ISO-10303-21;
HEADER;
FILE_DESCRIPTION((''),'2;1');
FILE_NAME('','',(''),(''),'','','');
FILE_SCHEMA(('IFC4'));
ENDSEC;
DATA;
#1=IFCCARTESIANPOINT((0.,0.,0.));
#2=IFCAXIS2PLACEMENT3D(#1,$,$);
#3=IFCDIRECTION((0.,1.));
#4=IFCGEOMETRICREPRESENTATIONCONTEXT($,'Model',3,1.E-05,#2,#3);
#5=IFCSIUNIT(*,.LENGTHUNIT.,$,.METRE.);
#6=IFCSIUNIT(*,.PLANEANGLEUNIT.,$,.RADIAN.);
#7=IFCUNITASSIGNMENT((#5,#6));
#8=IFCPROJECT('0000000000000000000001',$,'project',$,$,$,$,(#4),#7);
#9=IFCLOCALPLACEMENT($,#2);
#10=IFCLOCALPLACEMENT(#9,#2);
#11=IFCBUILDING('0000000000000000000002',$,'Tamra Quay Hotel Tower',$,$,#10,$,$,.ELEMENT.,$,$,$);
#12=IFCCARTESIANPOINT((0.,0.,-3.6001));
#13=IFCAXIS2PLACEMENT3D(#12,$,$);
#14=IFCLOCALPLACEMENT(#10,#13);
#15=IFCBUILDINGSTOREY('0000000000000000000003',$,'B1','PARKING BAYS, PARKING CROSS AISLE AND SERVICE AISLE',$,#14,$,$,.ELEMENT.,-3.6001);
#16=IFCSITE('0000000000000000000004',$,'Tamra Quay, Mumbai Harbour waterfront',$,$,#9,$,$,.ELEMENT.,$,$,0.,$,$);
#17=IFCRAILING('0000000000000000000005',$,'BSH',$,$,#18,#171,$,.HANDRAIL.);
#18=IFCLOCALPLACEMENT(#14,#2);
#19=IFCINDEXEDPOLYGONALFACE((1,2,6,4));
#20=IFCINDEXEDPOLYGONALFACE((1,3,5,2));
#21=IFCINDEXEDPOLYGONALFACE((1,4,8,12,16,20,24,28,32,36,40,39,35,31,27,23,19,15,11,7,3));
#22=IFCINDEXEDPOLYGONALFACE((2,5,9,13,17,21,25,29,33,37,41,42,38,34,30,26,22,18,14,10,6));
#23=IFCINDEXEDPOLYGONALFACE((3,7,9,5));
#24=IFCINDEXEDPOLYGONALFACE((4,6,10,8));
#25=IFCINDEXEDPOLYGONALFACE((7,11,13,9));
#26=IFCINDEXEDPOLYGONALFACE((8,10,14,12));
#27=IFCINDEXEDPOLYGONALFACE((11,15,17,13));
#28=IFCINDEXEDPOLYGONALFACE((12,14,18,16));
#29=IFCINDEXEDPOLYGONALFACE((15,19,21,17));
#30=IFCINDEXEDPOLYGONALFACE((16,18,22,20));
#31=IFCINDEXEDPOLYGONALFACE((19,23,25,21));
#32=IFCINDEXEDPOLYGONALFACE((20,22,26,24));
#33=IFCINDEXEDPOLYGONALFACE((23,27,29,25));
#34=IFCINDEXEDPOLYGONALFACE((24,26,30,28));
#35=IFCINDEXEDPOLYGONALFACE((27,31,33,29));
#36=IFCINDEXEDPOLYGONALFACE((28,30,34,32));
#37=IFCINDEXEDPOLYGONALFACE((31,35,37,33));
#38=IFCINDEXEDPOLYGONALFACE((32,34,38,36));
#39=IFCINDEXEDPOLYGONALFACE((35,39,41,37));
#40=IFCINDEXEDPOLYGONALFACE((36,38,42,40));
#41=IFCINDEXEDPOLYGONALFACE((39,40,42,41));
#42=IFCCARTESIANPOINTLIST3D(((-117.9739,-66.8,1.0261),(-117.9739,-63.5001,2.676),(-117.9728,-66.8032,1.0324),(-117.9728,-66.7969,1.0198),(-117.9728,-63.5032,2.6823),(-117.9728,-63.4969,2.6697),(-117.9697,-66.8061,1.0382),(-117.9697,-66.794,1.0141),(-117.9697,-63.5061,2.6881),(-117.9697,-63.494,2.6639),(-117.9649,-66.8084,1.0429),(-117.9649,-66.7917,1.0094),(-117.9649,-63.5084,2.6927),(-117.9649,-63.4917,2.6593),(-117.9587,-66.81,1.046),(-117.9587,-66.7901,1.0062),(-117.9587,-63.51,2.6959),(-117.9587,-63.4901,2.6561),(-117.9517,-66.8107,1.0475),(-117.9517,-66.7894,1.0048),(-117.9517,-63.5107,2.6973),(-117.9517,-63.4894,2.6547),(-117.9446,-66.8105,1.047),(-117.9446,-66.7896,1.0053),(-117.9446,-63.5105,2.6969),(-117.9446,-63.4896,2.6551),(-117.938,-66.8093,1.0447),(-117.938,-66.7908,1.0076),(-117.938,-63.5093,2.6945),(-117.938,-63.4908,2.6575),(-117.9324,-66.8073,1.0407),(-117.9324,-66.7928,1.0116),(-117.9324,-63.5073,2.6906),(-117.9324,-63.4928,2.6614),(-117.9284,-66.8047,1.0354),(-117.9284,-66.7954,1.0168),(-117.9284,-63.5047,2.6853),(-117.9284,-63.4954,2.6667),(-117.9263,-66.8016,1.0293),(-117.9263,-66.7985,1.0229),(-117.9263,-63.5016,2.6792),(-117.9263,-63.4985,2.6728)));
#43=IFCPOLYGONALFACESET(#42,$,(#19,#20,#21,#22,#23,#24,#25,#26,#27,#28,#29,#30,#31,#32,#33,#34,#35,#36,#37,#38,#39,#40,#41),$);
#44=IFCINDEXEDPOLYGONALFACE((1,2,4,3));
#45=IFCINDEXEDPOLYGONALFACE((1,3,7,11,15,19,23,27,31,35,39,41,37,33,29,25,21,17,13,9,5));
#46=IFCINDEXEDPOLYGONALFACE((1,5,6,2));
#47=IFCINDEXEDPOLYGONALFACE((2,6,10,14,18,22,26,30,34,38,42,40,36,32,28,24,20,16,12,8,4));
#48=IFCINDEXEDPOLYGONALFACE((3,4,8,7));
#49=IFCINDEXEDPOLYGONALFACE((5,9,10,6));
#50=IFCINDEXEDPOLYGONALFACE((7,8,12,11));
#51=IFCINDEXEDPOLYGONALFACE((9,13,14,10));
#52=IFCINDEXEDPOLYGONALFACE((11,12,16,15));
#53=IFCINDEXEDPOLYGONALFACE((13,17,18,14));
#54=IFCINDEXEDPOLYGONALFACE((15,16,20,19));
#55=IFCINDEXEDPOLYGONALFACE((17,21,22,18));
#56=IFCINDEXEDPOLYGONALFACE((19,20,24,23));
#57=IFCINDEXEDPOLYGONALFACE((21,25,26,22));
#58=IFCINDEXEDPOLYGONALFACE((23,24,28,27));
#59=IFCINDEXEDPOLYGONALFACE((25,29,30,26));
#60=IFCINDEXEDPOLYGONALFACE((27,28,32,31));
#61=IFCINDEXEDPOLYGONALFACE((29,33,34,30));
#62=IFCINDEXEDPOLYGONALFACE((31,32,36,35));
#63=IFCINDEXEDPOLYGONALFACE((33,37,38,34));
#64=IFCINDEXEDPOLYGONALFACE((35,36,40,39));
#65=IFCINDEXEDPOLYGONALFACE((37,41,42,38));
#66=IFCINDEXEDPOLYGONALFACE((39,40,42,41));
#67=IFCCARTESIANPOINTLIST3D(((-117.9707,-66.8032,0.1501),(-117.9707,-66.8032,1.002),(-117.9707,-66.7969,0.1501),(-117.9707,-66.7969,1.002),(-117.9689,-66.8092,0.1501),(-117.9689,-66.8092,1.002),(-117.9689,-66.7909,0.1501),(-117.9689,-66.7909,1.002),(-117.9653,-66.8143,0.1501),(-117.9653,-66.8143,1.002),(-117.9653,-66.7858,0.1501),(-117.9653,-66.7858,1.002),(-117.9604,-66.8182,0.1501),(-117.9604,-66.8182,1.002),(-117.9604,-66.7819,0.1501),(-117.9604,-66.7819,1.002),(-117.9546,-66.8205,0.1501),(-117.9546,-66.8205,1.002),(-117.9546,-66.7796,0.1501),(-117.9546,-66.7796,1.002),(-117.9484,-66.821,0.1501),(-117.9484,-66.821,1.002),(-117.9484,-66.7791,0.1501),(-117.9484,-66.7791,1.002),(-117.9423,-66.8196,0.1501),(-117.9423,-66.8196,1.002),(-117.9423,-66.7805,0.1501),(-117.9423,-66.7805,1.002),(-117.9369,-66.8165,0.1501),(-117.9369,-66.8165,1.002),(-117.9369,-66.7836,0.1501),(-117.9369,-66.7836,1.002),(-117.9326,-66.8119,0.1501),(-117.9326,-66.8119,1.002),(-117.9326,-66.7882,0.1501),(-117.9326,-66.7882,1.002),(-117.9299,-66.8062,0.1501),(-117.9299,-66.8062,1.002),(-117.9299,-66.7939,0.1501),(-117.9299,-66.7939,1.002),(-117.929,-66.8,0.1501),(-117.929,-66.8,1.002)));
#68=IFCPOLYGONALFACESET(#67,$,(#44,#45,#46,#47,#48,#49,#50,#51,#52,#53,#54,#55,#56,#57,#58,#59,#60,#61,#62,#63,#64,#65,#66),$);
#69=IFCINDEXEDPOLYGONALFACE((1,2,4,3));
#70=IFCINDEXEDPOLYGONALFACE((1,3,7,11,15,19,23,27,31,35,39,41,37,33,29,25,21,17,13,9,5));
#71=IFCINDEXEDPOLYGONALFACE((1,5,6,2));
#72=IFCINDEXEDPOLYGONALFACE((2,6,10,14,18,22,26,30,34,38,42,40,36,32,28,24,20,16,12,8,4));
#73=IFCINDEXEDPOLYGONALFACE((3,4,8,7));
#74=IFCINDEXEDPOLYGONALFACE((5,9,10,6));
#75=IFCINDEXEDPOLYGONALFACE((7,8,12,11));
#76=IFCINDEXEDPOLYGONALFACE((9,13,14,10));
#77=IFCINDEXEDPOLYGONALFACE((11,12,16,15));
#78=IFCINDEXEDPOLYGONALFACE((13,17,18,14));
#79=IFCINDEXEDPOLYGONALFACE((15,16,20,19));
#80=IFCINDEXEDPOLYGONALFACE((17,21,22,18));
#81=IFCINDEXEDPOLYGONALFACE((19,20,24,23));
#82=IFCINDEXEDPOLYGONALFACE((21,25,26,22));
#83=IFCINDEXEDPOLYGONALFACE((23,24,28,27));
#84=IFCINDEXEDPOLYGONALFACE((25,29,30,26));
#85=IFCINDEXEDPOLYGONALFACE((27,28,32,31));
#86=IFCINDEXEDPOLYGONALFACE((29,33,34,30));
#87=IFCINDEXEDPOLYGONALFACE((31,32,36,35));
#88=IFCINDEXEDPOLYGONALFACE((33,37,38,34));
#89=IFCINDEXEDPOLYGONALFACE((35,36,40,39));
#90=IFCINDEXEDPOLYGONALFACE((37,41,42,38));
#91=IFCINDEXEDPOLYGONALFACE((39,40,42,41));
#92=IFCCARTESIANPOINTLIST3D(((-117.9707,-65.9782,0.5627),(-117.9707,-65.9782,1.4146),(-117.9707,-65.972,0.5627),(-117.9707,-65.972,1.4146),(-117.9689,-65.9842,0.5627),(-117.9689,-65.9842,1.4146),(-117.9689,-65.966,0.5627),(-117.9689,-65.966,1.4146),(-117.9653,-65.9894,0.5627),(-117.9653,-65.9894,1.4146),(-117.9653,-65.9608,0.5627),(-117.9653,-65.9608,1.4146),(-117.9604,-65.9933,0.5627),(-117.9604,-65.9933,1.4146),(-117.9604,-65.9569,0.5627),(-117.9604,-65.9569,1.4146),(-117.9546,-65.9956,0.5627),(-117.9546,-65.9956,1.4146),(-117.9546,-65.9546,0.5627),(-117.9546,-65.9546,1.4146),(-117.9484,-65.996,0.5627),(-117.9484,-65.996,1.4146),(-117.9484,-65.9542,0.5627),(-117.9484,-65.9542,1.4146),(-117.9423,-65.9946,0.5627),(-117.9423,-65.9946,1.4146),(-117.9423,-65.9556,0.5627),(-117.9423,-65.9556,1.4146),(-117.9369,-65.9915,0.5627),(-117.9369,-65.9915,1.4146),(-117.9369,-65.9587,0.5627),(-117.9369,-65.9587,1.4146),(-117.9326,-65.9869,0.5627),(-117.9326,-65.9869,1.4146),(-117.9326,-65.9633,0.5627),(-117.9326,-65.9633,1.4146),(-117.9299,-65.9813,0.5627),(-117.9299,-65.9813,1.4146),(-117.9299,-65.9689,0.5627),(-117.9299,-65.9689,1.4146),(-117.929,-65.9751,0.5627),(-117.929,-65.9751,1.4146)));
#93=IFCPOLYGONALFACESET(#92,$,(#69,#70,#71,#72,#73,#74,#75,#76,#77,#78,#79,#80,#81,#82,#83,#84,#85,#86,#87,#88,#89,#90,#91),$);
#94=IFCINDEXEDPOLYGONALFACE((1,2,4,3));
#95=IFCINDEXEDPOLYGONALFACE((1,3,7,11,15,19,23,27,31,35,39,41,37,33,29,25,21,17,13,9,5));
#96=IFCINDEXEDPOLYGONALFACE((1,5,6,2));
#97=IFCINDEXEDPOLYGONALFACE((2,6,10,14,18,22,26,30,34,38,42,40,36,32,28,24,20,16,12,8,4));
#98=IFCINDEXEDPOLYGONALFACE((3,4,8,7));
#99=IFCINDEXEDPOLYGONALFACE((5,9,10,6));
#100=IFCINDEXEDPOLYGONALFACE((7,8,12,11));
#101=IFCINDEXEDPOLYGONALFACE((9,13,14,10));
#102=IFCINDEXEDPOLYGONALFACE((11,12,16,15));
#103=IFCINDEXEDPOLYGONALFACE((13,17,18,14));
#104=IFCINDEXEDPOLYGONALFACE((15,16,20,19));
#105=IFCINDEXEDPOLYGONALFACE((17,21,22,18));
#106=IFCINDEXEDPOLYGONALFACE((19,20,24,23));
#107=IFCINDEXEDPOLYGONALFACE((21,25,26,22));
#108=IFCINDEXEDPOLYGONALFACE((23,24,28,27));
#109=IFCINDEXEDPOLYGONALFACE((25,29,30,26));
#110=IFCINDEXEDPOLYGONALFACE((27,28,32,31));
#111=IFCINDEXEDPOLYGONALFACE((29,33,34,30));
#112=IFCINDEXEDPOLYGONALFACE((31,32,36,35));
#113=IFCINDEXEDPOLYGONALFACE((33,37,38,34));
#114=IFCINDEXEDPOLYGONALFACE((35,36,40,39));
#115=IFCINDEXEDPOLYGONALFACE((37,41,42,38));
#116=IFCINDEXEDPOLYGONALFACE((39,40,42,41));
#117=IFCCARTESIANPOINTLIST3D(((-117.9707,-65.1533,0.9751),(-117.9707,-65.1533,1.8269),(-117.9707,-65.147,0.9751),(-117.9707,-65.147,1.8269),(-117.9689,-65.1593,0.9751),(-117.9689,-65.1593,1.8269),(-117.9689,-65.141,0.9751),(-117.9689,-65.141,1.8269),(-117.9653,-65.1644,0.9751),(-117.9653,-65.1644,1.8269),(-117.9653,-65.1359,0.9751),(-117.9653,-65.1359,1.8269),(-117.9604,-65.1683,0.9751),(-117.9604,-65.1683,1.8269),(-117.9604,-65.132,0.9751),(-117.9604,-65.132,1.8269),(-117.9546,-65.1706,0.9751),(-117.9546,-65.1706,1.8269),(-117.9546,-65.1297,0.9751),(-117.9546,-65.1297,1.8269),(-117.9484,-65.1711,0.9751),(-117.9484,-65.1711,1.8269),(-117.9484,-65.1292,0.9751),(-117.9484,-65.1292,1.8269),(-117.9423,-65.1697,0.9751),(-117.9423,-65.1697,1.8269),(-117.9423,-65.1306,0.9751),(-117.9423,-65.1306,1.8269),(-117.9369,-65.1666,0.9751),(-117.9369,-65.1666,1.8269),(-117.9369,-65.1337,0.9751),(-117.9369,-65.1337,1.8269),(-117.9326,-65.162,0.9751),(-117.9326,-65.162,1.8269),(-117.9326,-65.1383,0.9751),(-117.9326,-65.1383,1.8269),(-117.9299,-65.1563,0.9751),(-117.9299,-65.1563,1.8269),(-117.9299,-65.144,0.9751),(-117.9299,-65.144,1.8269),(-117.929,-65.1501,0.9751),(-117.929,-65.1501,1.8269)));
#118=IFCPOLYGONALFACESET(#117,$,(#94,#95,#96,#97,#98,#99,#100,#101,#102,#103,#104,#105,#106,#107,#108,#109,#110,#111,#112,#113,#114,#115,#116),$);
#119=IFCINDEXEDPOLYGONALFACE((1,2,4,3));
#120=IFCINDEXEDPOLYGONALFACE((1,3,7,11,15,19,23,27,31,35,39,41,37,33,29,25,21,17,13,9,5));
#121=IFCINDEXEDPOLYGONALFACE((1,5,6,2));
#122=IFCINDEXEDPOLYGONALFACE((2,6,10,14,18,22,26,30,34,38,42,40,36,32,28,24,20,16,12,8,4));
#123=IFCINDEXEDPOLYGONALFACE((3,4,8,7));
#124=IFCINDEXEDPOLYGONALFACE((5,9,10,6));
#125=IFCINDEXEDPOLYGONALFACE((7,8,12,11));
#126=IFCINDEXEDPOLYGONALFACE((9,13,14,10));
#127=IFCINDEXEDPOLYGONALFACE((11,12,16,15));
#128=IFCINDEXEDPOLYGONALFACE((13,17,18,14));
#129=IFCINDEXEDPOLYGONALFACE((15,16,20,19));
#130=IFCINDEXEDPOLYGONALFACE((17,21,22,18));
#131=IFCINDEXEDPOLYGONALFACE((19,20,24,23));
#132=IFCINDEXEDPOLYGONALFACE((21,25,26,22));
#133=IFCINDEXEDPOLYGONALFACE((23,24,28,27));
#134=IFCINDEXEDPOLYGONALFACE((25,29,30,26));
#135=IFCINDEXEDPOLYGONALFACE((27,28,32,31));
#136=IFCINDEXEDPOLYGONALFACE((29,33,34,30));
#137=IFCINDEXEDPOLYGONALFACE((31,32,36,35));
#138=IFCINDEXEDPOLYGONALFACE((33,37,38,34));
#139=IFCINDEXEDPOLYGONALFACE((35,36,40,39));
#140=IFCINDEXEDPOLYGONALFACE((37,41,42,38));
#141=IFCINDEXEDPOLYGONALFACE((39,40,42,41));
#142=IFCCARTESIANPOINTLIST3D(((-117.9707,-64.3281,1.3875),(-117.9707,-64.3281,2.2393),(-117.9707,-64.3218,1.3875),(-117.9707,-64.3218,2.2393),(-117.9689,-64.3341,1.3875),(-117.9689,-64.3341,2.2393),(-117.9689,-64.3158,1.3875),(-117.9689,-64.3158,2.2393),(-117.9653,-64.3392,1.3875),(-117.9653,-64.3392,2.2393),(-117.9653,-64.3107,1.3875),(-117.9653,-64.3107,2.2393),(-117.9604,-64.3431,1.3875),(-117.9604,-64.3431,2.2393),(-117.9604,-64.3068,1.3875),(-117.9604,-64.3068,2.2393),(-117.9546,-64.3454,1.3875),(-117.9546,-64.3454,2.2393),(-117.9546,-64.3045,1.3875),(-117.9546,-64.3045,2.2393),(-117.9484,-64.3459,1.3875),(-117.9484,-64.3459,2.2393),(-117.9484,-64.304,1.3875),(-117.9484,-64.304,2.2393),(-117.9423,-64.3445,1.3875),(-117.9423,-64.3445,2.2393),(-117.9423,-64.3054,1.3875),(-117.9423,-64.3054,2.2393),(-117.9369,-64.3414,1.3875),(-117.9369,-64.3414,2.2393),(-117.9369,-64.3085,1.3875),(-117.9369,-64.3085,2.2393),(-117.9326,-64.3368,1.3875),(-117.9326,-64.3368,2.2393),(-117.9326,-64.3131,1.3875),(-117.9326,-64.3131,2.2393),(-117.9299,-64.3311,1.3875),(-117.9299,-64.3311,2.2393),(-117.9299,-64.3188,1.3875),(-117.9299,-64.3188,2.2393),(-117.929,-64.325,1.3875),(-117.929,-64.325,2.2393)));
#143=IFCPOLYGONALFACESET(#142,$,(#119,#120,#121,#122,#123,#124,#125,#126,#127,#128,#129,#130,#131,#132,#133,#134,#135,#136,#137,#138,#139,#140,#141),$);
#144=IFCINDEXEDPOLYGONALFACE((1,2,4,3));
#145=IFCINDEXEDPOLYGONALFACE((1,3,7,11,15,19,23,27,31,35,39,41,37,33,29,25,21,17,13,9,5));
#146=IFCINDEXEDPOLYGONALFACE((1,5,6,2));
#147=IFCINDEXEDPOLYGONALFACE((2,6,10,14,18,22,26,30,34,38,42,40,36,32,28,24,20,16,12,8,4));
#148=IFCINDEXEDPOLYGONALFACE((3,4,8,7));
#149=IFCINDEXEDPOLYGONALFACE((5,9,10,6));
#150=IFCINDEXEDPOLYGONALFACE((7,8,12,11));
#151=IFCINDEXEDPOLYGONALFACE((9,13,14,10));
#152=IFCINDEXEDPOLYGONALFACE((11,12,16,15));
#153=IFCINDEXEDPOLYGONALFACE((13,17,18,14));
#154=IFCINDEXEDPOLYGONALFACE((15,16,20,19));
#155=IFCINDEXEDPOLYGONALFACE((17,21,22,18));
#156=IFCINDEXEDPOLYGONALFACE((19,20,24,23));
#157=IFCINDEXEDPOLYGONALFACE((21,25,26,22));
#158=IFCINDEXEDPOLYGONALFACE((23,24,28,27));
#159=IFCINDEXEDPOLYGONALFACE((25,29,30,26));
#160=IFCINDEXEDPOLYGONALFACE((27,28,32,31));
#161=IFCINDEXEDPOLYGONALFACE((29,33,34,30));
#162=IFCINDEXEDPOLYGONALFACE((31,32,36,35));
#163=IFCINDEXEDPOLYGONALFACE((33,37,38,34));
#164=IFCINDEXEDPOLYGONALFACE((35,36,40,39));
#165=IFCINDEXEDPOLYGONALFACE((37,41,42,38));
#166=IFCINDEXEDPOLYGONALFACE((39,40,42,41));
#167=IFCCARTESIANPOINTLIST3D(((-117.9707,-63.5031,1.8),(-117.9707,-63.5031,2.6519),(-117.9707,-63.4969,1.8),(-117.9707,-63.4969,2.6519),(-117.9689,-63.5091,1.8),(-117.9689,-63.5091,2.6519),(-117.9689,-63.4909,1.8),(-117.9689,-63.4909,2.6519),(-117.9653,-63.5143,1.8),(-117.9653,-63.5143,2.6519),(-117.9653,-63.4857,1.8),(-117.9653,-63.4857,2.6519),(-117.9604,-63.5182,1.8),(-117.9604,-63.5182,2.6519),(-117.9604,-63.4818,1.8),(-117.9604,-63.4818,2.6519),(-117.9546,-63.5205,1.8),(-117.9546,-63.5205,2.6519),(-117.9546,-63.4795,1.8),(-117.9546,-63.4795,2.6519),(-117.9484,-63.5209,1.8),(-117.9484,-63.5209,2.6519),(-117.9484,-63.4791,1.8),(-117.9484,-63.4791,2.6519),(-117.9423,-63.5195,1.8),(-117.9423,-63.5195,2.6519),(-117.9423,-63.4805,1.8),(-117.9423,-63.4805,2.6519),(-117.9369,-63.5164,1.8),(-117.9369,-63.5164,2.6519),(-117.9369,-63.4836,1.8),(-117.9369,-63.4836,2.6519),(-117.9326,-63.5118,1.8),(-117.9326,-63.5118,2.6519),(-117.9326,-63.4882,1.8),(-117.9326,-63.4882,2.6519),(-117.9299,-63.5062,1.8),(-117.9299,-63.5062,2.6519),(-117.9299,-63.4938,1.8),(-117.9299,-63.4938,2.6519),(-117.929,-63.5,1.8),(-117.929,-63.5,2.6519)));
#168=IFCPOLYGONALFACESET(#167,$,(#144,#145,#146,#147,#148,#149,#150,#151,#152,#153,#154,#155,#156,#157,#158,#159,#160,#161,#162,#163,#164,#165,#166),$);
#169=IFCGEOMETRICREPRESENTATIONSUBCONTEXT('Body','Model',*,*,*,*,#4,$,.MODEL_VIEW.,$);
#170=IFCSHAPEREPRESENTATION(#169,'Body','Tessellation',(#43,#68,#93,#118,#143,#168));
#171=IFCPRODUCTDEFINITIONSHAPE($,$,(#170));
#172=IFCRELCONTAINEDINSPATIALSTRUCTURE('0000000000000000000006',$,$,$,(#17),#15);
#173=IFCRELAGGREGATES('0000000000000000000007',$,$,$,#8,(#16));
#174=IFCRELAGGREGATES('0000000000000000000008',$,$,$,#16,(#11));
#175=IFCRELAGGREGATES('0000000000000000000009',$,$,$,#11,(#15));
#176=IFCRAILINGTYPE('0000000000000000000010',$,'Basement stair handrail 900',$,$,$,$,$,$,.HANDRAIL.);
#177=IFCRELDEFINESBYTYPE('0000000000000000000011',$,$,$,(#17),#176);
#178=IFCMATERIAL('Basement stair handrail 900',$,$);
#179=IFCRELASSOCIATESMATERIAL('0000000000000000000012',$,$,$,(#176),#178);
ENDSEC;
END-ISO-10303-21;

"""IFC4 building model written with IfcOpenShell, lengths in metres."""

from ifc_helpers import new_model, si_unit, direction, frame, origin, origin_2d, place, context, subcontext, project, spatial, circle, extrude, material, type_object, element, save


model = new_model("IFC4")

# Units and contexts
model_context = context("Model", 3, precision=1e-05, world=origin(), true_north=direction((0.0, 1.0)))
body_context = subcontext(model_context, "Body", "Model", "MODEL_VIEW")
ifc_project = project(units=[si_unit("LENGTHUNIT", "METRE"), si_unit("PLANEANGLEUNIT", "RADIAN")], contexts=[model_context])

# Site, building, storey
site_placement = place(None, origin())
site = spatial("IfcSite", under=ifc_project, at=site_placement, Name="Tamra Quay, Mumbai Harbour waterfront", CompositionType="ELEMENT", RefElevation=0.0)
building_placement = place(site_placement, origin())
building = spatial("IfcBuilding", under=site, at=building_placement, Name="Tamra Quay Hotel Tower", CompositionType="ELEMENT")
storey_placement = place(building_placement, frame((0.0, 0.0, -3.6001)))
storey = spatial("IfcBuildingStorey", under=building, at=storey_placement, Name="B1", Description="PARKING BAYS, PARKING CROSS AISLE AND SERVICE AISLE", CompositionType="ELEMENT", Elevation=-3.6001)

# Railing
ifc_material_1 = material(Name="Basement stair handrail 900")
railing_type_1 = type_object("IfcRailingType", Name="Basement stair handrail 900", PredefinedType="HANDRAIL", material=ifc_material_1)
railing_1_placement = place(storey_placement, frame((-117.95, -66.8, 0.1501)))
element("IfcRailing", 1, at=railing_1_placement, inside=storey, type_object=railing_type_1, Name="BSH", PredefinedType="HANDRAIL", context=body_context, shape_type="SweptSolid", body=[
    extrude(circle(Radius=0.0239, at=origin_2d()), frame((0.0, 0.0, 0.876), z_axis=(0.0, 0.89444, 0.447187), x_axis=(-1.0, 0.0, 0.0)), (0.0, 0.0, 1.0), 3.6895),
    extrude(circle(Radius=0.021, at=origin_2d()), origin(), (0.0, 0.0, 1.0), 0.8518),
    extrude(circle(Radius=0.021, at=origin_2d()), frame((0.0, 0.825, 0.4126)), (0.0, 0.0, 1.0), 0.8518),
    extrude(circle(Radius=0.021, at=origin_2d()), frame((0.0, 1.6499, 0.825)), (0.0, 0.0, 1.0), 0.8518),
    extrude(circle(Radius=0.021, at=origin_2d()), frame((0.0, 2.4751, 1.2373)), (0.0, 0.0, 1.0), 0.8518),
    extrude(circle(Radius=0.021, at=origin_2d()), frame((0.0, 3.3, 1.6499)), (0.0, 0.0, 1.0), 0.8518),
])

save(model, "model.ifc")
